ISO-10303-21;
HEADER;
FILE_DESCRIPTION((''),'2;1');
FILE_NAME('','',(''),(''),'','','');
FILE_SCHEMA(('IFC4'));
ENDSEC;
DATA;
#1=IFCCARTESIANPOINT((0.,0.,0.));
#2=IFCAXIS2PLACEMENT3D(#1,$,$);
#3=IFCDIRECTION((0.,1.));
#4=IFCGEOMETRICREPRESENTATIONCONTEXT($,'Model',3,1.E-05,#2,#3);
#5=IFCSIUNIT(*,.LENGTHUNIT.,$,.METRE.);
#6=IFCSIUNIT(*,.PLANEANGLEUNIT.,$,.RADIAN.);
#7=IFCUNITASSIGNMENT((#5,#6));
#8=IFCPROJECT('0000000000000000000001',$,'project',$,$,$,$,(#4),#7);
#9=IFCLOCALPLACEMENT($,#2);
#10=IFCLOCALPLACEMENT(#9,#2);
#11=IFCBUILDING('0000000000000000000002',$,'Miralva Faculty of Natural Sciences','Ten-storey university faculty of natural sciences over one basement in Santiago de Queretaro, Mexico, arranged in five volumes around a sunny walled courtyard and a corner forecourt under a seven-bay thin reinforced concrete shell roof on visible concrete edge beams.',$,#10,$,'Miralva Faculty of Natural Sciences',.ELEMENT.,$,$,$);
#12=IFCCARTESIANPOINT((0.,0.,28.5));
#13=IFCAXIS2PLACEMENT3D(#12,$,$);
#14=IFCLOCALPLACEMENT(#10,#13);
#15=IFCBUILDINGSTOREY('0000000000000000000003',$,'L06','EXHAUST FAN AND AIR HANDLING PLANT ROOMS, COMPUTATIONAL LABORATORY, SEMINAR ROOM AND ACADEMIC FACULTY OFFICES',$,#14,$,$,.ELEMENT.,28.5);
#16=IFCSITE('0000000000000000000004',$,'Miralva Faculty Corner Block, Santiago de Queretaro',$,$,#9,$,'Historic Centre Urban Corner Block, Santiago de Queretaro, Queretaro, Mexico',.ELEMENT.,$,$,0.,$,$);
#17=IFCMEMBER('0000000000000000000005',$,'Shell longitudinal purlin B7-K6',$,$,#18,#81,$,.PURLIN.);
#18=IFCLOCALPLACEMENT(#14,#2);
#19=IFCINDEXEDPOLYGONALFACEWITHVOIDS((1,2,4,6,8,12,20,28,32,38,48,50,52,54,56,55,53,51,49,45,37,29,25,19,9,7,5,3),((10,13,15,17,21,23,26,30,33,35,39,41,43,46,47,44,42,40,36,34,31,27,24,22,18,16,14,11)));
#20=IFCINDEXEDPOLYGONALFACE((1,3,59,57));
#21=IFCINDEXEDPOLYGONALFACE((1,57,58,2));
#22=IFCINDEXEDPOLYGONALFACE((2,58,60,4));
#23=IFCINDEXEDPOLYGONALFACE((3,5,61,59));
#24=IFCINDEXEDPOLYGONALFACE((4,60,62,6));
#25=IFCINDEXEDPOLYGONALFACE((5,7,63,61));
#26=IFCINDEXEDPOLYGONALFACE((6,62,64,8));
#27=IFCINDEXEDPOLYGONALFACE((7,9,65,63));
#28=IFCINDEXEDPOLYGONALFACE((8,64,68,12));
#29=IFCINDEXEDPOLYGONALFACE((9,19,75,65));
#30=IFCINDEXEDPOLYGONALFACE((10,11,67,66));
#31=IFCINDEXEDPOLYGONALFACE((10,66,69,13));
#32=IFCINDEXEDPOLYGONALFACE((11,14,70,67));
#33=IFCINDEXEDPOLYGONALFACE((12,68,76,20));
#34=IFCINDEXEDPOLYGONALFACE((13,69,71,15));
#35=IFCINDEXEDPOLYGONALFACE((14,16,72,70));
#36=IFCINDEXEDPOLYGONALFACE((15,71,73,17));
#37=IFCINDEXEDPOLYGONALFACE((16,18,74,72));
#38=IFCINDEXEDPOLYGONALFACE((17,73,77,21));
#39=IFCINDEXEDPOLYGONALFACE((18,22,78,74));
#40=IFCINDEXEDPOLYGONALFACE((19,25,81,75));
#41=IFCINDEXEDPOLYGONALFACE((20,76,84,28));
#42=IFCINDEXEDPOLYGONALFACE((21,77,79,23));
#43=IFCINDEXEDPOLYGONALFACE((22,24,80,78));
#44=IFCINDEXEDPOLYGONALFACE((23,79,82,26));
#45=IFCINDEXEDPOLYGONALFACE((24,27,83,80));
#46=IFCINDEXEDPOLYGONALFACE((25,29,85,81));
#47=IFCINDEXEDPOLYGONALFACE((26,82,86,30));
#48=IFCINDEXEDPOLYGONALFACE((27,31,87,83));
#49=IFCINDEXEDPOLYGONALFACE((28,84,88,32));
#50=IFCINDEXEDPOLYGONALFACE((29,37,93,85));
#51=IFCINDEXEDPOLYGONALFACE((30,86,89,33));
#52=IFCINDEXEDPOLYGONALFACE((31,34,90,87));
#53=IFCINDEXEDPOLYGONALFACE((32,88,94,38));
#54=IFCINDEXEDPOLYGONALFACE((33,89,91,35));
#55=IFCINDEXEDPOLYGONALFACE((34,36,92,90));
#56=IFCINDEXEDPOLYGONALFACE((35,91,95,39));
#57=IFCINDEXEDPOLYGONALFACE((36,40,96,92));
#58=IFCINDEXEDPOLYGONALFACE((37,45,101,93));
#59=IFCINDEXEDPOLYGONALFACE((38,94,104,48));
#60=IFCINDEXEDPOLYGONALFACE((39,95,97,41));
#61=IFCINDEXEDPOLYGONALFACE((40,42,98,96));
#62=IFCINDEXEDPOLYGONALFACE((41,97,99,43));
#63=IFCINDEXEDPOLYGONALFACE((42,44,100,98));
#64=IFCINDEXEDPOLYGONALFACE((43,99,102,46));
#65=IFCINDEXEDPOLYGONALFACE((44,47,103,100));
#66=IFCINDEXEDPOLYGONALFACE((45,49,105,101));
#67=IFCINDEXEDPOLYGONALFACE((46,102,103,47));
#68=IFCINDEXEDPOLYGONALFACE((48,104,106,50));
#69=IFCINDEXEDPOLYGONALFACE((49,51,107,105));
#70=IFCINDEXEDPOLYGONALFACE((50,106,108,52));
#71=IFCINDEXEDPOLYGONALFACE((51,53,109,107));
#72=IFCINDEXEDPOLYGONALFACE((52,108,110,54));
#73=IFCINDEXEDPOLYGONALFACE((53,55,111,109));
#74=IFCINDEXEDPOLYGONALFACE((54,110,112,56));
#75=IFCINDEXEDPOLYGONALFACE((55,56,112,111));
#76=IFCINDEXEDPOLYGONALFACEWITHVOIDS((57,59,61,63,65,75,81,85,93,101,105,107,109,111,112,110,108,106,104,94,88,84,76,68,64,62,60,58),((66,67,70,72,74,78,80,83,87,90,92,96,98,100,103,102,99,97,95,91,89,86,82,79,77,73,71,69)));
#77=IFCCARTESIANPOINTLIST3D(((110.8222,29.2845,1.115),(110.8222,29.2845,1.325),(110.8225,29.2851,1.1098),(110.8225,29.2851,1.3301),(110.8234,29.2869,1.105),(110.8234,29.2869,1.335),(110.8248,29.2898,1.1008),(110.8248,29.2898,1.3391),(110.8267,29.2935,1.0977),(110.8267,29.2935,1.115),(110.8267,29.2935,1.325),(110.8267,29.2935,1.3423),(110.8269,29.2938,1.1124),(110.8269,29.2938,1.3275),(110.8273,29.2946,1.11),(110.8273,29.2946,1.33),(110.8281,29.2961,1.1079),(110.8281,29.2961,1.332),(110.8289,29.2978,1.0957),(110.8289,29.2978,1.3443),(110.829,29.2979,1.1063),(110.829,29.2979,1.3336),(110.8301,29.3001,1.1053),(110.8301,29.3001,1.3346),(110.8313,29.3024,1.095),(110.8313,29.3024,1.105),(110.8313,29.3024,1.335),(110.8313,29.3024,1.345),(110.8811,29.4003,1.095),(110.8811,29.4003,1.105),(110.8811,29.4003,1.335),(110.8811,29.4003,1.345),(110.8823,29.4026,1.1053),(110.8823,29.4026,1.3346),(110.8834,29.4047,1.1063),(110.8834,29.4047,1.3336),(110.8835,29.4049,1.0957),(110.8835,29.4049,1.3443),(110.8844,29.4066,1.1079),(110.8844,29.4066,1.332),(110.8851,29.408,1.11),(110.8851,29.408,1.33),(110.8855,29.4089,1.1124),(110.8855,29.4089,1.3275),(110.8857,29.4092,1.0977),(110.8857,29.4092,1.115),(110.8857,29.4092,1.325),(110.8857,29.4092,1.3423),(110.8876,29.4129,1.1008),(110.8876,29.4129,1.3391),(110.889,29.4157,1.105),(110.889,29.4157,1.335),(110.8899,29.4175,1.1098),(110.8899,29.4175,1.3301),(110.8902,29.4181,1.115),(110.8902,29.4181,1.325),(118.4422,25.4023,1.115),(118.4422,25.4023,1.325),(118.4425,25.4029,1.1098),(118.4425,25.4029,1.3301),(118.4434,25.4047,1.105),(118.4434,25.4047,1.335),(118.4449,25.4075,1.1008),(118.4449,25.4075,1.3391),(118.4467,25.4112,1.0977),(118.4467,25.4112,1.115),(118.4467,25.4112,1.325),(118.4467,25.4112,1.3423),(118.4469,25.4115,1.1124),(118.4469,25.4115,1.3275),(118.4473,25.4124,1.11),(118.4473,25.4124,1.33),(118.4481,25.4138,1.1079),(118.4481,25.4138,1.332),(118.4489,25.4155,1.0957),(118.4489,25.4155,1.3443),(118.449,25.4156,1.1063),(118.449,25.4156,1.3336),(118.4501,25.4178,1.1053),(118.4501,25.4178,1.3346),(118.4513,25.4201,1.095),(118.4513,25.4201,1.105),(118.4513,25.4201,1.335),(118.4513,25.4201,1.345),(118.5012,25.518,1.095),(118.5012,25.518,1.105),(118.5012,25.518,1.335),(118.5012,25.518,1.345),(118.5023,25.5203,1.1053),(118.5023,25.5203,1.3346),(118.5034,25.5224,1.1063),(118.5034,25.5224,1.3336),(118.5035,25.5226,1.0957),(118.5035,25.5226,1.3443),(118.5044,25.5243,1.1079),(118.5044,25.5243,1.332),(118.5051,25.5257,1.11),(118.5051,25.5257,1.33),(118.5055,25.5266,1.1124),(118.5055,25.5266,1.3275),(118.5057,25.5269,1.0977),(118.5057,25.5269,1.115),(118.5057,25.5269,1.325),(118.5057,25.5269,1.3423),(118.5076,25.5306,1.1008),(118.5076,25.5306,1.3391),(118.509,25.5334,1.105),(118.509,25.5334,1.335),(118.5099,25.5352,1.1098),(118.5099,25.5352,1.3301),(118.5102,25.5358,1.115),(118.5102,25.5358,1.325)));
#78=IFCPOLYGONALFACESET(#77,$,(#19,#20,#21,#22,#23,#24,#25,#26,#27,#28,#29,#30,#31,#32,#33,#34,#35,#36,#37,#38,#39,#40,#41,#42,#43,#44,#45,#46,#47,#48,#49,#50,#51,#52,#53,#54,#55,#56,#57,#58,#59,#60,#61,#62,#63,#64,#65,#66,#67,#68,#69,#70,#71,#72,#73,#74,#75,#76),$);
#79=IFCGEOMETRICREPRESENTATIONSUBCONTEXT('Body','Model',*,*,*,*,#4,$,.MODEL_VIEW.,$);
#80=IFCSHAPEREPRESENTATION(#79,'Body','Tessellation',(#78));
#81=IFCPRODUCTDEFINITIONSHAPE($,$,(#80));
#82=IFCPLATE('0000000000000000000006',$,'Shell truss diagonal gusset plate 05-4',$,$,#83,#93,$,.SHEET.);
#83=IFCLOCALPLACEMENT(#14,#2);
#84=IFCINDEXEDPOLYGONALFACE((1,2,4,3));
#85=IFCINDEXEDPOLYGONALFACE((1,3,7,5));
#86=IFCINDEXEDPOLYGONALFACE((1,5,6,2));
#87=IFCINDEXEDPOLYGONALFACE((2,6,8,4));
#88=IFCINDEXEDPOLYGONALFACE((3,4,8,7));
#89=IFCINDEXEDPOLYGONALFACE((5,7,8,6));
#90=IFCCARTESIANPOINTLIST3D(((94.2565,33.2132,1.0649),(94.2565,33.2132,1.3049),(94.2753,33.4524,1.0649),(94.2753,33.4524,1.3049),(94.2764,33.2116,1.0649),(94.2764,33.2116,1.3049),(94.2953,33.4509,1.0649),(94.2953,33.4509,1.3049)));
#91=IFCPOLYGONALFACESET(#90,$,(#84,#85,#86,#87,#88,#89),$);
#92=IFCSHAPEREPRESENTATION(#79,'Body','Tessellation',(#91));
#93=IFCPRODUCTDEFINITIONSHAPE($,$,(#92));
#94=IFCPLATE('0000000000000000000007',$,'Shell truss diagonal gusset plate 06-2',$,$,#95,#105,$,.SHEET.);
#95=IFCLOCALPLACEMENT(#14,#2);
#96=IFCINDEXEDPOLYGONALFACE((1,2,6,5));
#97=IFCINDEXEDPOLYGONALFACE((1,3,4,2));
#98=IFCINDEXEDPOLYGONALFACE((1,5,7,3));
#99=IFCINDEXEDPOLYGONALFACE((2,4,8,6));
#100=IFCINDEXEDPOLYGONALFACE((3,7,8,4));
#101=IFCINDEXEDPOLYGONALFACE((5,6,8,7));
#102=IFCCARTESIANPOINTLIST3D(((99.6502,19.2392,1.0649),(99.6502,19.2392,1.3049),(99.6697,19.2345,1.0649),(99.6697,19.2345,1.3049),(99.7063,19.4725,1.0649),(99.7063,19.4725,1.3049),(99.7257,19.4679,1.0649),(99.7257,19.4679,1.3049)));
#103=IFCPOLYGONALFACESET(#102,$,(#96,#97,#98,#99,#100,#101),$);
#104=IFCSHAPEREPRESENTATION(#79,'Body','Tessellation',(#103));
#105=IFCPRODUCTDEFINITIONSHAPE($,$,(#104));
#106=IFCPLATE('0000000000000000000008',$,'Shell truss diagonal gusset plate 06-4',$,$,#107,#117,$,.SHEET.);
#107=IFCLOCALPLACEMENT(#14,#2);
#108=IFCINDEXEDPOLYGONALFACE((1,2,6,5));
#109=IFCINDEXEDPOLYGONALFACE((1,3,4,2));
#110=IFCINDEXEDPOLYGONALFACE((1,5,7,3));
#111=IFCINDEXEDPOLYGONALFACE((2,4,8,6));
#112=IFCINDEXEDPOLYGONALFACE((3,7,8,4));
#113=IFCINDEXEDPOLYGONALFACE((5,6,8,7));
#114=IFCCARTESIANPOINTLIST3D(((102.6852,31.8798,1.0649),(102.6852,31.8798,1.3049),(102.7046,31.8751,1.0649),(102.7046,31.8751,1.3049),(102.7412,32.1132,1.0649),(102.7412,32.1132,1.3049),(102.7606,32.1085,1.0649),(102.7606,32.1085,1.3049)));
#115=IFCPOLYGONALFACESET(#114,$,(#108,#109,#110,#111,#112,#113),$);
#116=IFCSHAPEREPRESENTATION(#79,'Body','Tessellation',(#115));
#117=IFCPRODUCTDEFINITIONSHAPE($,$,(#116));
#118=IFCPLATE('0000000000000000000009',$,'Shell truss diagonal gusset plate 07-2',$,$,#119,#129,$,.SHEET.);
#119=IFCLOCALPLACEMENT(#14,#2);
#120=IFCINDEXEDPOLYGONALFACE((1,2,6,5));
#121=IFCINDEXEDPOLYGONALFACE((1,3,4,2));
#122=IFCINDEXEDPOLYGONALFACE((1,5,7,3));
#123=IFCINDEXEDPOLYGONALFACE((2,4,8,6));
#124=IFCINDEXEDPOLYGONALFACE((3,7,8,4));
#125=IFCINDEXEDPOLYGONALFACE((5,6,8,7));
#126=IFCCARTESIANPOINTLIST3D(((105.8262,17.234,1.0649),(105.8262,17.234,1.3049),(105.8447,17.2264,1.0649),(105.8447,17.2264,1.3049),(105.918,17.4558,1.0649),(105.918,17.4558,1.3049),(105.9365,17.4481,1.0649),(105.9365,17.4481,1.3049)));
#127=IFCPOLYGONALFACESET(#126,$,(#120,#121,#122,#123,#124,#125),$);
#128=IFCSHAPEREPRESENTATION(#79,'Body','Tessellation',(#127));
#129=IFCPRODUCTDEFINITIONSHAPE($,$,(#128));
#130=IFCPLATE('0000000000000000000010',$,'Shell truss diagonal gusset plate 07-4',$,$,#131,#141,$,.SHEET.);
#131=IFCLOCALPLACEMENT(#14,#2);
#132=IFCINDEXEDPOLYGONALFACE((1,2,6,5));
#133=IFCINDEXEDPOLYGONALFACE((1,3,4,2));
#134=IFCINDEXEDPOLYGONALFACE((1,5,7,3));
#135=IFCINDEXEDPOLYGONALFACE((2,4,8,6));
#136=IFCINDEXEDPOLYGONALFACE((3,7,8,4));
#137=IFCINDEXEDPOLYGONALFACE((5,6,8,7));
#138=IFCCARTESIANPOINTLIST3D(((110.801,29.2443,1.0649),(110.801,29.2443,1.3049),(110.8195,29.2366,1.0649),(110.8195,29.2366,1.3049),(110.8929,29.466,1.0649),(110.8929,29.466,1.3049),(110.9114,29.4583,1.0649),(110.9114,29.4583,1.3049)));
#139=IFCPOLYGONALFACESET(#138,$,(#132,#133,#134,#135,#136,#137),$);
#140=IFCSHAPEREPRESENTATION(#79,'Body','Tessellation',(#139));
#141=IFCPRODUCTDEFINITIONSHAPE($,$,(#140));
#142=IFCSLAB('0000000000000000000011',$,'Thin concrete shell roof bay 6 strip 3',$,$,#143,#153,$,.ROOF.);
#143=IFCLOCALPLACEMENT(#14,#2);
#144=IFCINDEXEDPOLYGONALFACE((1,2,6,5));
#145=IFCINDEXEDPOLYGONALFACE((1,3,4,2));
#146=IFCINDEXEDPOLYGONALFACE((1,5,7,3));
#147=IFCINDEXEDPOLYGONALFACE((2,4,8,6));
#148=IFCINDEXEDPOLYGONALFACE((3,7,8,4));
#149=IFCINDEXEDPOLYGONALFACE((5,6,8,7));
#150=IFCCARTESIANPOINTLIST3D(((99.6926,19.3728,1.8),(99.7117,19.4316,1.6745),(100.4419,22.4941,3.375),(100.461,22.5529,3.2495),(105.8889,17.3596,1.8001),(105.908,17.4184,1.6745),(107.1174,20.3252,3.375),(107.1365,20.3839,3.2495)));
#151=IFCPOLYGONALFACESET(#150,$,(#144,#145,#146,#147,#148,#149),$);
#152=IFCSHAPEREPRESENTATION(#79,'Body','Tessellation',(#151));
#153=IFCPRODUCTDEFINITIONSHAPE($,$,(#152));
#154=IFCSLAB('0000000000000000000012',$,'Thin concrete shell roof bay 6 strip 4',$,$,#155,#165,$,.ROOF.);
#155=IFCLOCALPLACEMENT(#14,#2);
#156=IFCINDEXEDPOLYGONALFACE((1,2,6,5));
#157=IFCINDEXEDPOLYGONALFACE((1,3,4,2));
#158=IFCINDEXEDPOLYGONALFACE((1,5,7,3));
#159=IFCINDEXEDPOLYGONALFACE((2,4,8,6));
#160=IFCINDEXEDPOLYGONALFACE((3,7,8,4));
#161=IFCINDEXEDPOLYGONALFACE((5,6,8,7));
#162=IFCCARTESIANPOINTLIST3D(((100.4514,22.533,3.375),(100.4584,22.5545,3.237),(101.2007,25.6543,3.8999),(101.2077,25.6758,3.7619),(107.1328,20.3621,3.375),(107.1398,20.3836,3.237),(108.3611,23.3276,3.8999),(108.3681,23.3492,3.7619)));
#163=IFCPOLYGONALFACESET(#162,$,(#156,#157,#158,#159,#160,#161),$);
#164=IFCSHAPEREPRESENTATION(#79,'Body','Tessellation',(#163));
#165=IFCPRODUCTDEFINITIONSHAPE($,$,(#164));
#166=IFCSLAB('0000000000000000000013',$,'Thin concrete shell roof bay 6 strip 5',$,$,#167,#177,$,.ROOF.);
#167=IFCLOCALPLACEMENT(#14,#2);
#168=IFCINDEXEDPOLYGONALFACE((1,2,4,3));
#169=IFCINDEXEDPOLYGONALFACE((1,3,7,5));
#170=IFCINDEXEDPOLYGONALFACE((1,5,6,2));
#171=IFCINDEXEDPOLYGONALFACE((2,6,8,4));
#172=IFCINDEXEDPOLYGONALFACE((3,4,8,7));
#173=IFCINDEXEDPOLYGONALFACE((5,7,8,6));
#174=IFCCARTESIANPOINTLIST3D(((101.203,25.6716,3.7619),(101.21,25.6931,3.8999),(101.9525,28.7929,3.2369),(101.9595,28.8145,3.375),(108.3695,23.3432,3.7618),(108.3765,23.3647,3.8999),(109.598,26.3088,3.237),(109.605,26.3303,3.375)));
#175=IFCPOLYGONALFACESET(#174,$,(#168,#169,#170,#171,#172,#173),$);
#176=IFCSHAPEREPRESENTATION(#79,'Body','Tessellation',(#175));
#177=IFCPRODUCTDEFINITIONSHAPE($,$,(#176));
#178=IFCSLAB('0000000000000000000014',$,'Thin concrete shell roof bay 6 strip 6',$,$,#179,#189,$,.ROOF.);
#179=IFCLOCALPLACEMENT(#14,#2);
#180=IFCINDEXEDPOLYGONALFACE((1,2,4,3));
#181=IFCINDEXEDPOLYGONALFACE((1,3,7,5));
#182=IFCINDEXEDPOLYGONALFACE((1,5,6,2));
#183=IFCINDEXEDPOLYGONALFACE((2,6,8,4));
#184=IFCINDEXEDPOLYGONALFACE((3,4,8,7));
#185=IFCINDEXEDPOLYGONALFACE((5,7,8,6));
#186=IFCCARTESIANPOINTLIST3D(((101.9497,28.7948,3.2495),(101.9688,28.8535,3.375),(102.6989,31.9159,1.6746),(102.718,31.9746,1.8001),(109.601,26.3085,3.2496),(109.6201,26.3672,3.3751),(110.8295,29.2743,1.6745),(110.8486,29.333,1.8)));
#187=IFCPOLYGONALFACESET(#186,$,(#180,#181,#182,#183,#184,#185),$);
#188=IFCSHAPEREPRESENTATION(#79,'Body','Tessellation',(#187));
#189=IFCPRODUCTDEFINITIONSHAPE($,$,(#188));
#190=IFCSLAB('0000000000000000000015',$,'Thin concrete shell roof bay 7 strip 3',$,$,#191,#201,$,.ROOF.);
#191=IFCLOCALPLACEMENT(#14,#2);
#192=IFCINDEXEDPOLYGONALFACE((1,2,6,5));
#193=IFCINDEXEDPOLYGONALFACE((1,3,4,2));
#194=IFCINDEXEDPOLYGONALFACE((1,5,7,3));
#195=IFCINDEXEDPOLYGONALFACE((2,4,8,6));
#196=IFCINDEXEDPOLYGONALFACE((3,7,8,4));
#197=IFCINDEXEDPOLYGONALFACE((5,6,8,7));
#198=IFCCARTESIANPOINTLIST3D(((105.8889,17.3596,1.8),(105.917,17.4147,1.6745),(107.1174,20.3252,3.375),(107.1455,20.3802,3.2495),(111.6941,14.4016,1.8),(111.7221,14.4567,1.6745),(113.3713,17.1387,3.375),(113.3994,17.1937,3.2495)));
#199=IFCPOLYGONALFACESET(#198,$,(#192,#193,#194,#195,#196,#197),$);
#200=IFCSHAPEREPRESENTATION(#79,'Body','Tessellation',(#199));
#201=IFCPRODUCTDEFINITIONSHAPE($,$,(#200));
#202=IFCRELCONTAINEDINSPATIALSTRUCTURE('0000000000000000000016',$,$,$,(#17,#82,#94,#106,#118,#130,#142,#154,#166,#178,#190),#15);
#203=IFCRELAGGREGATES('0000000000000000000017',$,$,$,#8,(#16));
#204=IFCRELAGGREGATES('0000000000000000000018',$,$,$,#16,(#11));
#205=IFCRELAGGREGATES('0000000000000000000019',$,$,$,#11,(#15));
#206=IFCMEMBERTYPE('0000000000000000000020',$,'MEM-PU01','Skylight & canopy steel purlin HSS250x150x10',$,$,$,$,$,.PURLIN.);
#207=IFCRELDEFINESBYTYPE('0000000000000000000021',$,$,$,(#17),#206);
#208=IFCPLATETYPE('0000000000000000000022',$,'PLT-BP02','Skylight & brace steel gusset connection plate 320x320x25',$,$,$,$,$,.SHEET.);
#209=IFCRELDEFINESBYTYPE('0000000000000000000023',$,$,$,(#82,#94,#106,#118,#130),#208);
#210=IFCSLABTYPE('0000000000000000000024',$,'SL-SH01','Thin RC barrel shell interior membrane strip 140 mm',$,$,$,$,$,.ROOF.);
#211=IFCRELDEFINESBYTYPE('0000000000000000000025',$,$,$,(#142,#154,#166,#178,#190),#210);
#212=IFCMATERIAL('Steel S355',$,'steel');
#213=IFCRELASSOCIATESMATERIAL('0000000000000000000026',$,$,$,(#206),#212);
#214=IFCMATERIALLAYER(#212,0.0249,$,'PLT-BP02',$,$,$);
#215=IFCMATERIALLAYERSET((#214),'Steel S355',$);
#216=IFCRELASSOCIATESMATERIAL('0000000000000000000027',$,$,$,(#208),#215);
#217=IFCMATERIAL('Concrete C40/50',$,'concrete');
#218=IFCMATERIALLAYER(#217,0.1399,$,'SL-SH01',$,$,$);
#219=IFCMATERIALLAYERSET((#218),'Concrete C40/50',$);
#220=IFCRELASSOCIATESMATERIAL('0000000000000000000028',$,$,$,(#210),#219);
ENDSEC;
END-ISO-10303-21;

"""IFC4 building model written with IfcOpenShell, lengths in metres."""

from ifc_helpers import new_model, si_unit, direction, frame, origin, origin_2d, place, context, subcontext, project, spatial, polyline, rectangle, hollow_rectangle, outline, extrude, material, layer, layer_set, material_profile, profile_set, type_object, element, save


model = new_model("IFC4")

# Units and contexts
model_context = context("Model", 3, precision=1e-05, world=origin(), true_north=direction((0.0, 1.0)))
body_context = subcontext(model_context, "Body", "Model", "MODEL_VIEW")
ifc_project = project(units=[si_unit("LENGTHUNIT", "METRE"), si_unit("PLANEANGLEUNIT", "RADIAN")], contexts=[model_context])

# Site, building, storey
site_placement = place(None, origin())
site = spatial("IfcSite", under=ifc_project, at=site_placement, Name="Miralva Faculty Corner Block, Santiago de Queretaro", LongName="Historic Centre Urban Corner Block, Santiago de Queretaro, Queretaro, Mexico", CompositionType="ELEMENT", RefElevation=0.0)
building_placement = place(site_placement, origin())
building = spatial("IfcBuilding", under=site, at=building_placement, Name="Miralva Faculty of Natural Sciences", Description="Ten-storey university faculty of natural sciences over one basement in Santiago de Queretaro, Mexico, arranged in five volumes around a sunny walled courtyard and a corner forecourt under a seven-bay thin reinforced concrete shell roof on visible concrete edge beams.", LongName="Miralva Faculty of Natural Sciences", CompositionType="ELEMENT")
storey_placement = place(building_placement, frame((0.0, 0.0, 28.5)))
storey = spatial("IfcBuildingStorey", under=building, at=storey_placement, Name="L06", Description="EXHAUST FAN AND AIR HANDLING PLANT ROOMS, COMPUTATIONAL LABORATORY, SEMINAR ROOM AND ACADEMIC FACULTY OFFICES", CompositionType="ELEMENT", Elevation=28.5)

# Shared definitions
ifc_material_1 = material(Name="Concrete C40/50", Category="concrete")

# Member
ifc_material_2 = material(Name="Steel S355", Category="steel")
ifc_material_profile_1 = material_profile(ifc_material_2, hollow_rectangle(XDim=0.1499, YDim=0.25, WallThickness=0.01, InnerFilletRadius=0.01, OuterFilletRadius=0.02, at=origin_2d()), Name="HSS 250x150x10")
ifc_profile_set_1 = profile_set([ifc_material_profile_1], Name="Steel S355")
member_type = type_object("IfcMemberType", Name="MEM-PU01", Description="Skylight & canopy steel purlin HSS250x150x10", PredefinedType="PURLIN", material=ifc_profile_set_1)
member_1_placement = place(storey_placement, frame((110.8562, 29.3513, 1.22), z_axis=(0.891022, -0.453961, 0.0), x_axis=(0.453961, 0.891022, 0.0)))
element("IfcMember", 1, at=member_1_placement, inside=storey, type_object=member_type, Name="Shell longitudinal purlin B7-K6", PredefinedType="PURLIN", context=body_context, shape_type="SweptSolid", body=[
    extrude(hollow_rectangle(XDim=0.1499, YDim=0.25, WallThickness=0.01, InnerFilletRadius=0.01, OuterFilletRadius=0.02, at=origin_2d()), origin(), (0.0, 0.0, 1.0), 8.552),
])

# Plates
ifc_layer_1 = layer(ifc_material_2, 0.0249, Name="PLT-BP02")
ifc_layer_set_1 = layer_set([ifc_layer_1], Name="Steel S355")
plate_type = type_object("IfcPlateType", Name="PLT-BP02", Description="Skylight & brace steel gusset connection plate 320x320x25", PredefinedType="SHEET", material=ifc_layer_set_1)
for number, where, z_axis, x_axis, name in (
    (2, (94.2759, 33.332, 1.0649), (0.0, 0.0, 1.0), (0.078459, 0.996917, 0.0), "Shell truss diagonal gusset plate 05-4"),
    (3, (99.688, 19.3535, 1.0649), (0.0, 0.0, 1.0), (0.233445, 0.97237, 0.0), "Shell truss diagonal gusset plate 06-2"),
    (4, (102.7229, 31.9941, 1.0649), (0.0, 0.0, 1.0), (0.233445, 0.97237, 0.0), "Shell truss diagonal gusset plate 06-4"),
    (5, (105.8813, 17.3411, 1.0649), (0.0, 0.0, 1.0), (0.382683, 0.92388, 0.0), "Shell truss diagonal gusset plate 07-2"),
    (6, (110.8562, 29.3513, 1.0649), (0.0, 0.0, 1.0), (0.382683, 0.92388, 0.0), "Shell truss diagonal gusset plate 07-4"),
):
    element("IfcPlate", number, at=place(storey_placement, frame(where, z_axis=z_axis, x_axis=x_axis)), inside=storey, type_object=plate_type, Name=name, PredefinedType="SHEET", context=body_context, shape_type="SweptSolid", body=[
        extrude(rectangle(XDim=0.24, YDim=0.02, at=origin_2d()), origin(), (0.0, 0.0, 1.0), 0.24),
    ])

# Slabs
ifc_layer_2 = layer(ifc_material_1, 0.1399, Name="SL-SH01")
ifc_layer_set_2 = layer_set([ifc_layer_2], Name="Concrete C40/50")
slab_type = type_object("IfcSlabType", Name="SL-SH01", Description="Thin RC barrel shell interior membrane strip 140 mm", PredefinedType="ROOF", material=ifc_layer_set_2)
slab_1_placement = place(storey_placement, frame((99.6926, 19.3728, 1.8), z_axis=(-0.136449, -0.419966, 0.897223), x_axis=(0.951061, -0.309002, 0.000001)))
element("IfcSlab", 7, at=slab_1_placement, inside=storey, type_object=slab_type, Name="Thin concrete shell roof bay 6 strip 3", PredefinedType="ROOF", context=body_context, shape_type="SweptSolid", body=[
    extrude(outline(polyline([(0.0, 0.0), (6.5151, 0.0), (6.7672, 3.5666), (-0.2519, 3.5667), (0.0, 0.0)])), origin(), (0.0, 0.0, -1.0), 0.1399),
])
slab_2_placement = place(storey_placement, frame((100.4514, 22.533, 3.375), z_axis=(-0.05002, -0.153944, 0.986813), x_axis=(0.951057, -0.309015, 0.000001)))
element("IfcSlab", 8, at=slab_2_placement, inside=storey, type_object=slab_type, Name="Thin concrete shell roof bay 6 strip 4", PredefinedType="ROOF", context=body_context, shape_type="SweptSolid", body=[
    extrude(outline(polyline([(0.0, 0.0), (7.0252, 0.0), (7.277, 3.2428), (-0.2519, 3.2429), (0.0, 0.0)])), origin(), (0.0, 0.0, -1.0), 0.1399),
])
slab_3_placement = place(storey_placement, frame((101.21, 25.6931, 3.8999), z_axis=(0.050016, 0.153941, 0.986813), x_axis=(0.951063, -0.308997, -0.000001)))
element("IfcSlab", 9, at=slab_3_placement, inside=storey, type_object=slab_type, Name="Thin concrete shell roof bay 6 strip 5", PredefinedType="ROOF", context=body_context, shape_type="SweptSolid", body=[
    extrude(outline(polyline([(0.0, 0.0), (7.5353, 0.0), (7.7873, 3.2428), (-0.2517, 3.2429), (0.0, 0.0)])), origin(), (0.0, 0.0, -1.0), 0.1399),
])
slab_4_placement = place(storey_placement, frame((101.9688, 28.8535, 3.375), z_axis=(0.136456, 0.419964, 0.897223), x_axis=(0.951049, -0.30904, 0.00001)))
element("IfcSlab", 10, at=slab_4_placement, inside=storey, type_object=slab_type, Name="Thin concrete shell roof bay 6 strip 6", PredefinedType="ROOF", context=body_context, shape_type="SweptSolid", body=[
    extrude(outline(polyline([(0.0, 0.0), (8.0452, 0.0), (8.297, 3.5668), (-0.252, 3.5665), (0.0, 0.0)])), origin(), (0.0, 0.0, -1.0), 0.1399),
])
slab_5_placement = place(storey_placement, frame((105.8889, 17.3596, 1.8), z_axis=(-0.200472, -0.393441, 0.897226), x_axis=(0.891, -0.454004, -0.000003)))
element("IfcSlab", 11, at=slab_5_placement, inside=storey, type_object=slab_type, Name="Thin concrete shell roof bay 7 strip 3", PredefinedType="ROOF", context=body_context, shape_type="SweptSolid", body=[
    extrude(outline(polyline([(0.0, 0.0), (6.5154, 0.0), (6.7671, 3.5668), (-0.2518, 3.5666), (0.0, 0.0)])), origin(), (0.0, 0.0, -1.0), 0.1399),
])

save(model, "model.ifc")
